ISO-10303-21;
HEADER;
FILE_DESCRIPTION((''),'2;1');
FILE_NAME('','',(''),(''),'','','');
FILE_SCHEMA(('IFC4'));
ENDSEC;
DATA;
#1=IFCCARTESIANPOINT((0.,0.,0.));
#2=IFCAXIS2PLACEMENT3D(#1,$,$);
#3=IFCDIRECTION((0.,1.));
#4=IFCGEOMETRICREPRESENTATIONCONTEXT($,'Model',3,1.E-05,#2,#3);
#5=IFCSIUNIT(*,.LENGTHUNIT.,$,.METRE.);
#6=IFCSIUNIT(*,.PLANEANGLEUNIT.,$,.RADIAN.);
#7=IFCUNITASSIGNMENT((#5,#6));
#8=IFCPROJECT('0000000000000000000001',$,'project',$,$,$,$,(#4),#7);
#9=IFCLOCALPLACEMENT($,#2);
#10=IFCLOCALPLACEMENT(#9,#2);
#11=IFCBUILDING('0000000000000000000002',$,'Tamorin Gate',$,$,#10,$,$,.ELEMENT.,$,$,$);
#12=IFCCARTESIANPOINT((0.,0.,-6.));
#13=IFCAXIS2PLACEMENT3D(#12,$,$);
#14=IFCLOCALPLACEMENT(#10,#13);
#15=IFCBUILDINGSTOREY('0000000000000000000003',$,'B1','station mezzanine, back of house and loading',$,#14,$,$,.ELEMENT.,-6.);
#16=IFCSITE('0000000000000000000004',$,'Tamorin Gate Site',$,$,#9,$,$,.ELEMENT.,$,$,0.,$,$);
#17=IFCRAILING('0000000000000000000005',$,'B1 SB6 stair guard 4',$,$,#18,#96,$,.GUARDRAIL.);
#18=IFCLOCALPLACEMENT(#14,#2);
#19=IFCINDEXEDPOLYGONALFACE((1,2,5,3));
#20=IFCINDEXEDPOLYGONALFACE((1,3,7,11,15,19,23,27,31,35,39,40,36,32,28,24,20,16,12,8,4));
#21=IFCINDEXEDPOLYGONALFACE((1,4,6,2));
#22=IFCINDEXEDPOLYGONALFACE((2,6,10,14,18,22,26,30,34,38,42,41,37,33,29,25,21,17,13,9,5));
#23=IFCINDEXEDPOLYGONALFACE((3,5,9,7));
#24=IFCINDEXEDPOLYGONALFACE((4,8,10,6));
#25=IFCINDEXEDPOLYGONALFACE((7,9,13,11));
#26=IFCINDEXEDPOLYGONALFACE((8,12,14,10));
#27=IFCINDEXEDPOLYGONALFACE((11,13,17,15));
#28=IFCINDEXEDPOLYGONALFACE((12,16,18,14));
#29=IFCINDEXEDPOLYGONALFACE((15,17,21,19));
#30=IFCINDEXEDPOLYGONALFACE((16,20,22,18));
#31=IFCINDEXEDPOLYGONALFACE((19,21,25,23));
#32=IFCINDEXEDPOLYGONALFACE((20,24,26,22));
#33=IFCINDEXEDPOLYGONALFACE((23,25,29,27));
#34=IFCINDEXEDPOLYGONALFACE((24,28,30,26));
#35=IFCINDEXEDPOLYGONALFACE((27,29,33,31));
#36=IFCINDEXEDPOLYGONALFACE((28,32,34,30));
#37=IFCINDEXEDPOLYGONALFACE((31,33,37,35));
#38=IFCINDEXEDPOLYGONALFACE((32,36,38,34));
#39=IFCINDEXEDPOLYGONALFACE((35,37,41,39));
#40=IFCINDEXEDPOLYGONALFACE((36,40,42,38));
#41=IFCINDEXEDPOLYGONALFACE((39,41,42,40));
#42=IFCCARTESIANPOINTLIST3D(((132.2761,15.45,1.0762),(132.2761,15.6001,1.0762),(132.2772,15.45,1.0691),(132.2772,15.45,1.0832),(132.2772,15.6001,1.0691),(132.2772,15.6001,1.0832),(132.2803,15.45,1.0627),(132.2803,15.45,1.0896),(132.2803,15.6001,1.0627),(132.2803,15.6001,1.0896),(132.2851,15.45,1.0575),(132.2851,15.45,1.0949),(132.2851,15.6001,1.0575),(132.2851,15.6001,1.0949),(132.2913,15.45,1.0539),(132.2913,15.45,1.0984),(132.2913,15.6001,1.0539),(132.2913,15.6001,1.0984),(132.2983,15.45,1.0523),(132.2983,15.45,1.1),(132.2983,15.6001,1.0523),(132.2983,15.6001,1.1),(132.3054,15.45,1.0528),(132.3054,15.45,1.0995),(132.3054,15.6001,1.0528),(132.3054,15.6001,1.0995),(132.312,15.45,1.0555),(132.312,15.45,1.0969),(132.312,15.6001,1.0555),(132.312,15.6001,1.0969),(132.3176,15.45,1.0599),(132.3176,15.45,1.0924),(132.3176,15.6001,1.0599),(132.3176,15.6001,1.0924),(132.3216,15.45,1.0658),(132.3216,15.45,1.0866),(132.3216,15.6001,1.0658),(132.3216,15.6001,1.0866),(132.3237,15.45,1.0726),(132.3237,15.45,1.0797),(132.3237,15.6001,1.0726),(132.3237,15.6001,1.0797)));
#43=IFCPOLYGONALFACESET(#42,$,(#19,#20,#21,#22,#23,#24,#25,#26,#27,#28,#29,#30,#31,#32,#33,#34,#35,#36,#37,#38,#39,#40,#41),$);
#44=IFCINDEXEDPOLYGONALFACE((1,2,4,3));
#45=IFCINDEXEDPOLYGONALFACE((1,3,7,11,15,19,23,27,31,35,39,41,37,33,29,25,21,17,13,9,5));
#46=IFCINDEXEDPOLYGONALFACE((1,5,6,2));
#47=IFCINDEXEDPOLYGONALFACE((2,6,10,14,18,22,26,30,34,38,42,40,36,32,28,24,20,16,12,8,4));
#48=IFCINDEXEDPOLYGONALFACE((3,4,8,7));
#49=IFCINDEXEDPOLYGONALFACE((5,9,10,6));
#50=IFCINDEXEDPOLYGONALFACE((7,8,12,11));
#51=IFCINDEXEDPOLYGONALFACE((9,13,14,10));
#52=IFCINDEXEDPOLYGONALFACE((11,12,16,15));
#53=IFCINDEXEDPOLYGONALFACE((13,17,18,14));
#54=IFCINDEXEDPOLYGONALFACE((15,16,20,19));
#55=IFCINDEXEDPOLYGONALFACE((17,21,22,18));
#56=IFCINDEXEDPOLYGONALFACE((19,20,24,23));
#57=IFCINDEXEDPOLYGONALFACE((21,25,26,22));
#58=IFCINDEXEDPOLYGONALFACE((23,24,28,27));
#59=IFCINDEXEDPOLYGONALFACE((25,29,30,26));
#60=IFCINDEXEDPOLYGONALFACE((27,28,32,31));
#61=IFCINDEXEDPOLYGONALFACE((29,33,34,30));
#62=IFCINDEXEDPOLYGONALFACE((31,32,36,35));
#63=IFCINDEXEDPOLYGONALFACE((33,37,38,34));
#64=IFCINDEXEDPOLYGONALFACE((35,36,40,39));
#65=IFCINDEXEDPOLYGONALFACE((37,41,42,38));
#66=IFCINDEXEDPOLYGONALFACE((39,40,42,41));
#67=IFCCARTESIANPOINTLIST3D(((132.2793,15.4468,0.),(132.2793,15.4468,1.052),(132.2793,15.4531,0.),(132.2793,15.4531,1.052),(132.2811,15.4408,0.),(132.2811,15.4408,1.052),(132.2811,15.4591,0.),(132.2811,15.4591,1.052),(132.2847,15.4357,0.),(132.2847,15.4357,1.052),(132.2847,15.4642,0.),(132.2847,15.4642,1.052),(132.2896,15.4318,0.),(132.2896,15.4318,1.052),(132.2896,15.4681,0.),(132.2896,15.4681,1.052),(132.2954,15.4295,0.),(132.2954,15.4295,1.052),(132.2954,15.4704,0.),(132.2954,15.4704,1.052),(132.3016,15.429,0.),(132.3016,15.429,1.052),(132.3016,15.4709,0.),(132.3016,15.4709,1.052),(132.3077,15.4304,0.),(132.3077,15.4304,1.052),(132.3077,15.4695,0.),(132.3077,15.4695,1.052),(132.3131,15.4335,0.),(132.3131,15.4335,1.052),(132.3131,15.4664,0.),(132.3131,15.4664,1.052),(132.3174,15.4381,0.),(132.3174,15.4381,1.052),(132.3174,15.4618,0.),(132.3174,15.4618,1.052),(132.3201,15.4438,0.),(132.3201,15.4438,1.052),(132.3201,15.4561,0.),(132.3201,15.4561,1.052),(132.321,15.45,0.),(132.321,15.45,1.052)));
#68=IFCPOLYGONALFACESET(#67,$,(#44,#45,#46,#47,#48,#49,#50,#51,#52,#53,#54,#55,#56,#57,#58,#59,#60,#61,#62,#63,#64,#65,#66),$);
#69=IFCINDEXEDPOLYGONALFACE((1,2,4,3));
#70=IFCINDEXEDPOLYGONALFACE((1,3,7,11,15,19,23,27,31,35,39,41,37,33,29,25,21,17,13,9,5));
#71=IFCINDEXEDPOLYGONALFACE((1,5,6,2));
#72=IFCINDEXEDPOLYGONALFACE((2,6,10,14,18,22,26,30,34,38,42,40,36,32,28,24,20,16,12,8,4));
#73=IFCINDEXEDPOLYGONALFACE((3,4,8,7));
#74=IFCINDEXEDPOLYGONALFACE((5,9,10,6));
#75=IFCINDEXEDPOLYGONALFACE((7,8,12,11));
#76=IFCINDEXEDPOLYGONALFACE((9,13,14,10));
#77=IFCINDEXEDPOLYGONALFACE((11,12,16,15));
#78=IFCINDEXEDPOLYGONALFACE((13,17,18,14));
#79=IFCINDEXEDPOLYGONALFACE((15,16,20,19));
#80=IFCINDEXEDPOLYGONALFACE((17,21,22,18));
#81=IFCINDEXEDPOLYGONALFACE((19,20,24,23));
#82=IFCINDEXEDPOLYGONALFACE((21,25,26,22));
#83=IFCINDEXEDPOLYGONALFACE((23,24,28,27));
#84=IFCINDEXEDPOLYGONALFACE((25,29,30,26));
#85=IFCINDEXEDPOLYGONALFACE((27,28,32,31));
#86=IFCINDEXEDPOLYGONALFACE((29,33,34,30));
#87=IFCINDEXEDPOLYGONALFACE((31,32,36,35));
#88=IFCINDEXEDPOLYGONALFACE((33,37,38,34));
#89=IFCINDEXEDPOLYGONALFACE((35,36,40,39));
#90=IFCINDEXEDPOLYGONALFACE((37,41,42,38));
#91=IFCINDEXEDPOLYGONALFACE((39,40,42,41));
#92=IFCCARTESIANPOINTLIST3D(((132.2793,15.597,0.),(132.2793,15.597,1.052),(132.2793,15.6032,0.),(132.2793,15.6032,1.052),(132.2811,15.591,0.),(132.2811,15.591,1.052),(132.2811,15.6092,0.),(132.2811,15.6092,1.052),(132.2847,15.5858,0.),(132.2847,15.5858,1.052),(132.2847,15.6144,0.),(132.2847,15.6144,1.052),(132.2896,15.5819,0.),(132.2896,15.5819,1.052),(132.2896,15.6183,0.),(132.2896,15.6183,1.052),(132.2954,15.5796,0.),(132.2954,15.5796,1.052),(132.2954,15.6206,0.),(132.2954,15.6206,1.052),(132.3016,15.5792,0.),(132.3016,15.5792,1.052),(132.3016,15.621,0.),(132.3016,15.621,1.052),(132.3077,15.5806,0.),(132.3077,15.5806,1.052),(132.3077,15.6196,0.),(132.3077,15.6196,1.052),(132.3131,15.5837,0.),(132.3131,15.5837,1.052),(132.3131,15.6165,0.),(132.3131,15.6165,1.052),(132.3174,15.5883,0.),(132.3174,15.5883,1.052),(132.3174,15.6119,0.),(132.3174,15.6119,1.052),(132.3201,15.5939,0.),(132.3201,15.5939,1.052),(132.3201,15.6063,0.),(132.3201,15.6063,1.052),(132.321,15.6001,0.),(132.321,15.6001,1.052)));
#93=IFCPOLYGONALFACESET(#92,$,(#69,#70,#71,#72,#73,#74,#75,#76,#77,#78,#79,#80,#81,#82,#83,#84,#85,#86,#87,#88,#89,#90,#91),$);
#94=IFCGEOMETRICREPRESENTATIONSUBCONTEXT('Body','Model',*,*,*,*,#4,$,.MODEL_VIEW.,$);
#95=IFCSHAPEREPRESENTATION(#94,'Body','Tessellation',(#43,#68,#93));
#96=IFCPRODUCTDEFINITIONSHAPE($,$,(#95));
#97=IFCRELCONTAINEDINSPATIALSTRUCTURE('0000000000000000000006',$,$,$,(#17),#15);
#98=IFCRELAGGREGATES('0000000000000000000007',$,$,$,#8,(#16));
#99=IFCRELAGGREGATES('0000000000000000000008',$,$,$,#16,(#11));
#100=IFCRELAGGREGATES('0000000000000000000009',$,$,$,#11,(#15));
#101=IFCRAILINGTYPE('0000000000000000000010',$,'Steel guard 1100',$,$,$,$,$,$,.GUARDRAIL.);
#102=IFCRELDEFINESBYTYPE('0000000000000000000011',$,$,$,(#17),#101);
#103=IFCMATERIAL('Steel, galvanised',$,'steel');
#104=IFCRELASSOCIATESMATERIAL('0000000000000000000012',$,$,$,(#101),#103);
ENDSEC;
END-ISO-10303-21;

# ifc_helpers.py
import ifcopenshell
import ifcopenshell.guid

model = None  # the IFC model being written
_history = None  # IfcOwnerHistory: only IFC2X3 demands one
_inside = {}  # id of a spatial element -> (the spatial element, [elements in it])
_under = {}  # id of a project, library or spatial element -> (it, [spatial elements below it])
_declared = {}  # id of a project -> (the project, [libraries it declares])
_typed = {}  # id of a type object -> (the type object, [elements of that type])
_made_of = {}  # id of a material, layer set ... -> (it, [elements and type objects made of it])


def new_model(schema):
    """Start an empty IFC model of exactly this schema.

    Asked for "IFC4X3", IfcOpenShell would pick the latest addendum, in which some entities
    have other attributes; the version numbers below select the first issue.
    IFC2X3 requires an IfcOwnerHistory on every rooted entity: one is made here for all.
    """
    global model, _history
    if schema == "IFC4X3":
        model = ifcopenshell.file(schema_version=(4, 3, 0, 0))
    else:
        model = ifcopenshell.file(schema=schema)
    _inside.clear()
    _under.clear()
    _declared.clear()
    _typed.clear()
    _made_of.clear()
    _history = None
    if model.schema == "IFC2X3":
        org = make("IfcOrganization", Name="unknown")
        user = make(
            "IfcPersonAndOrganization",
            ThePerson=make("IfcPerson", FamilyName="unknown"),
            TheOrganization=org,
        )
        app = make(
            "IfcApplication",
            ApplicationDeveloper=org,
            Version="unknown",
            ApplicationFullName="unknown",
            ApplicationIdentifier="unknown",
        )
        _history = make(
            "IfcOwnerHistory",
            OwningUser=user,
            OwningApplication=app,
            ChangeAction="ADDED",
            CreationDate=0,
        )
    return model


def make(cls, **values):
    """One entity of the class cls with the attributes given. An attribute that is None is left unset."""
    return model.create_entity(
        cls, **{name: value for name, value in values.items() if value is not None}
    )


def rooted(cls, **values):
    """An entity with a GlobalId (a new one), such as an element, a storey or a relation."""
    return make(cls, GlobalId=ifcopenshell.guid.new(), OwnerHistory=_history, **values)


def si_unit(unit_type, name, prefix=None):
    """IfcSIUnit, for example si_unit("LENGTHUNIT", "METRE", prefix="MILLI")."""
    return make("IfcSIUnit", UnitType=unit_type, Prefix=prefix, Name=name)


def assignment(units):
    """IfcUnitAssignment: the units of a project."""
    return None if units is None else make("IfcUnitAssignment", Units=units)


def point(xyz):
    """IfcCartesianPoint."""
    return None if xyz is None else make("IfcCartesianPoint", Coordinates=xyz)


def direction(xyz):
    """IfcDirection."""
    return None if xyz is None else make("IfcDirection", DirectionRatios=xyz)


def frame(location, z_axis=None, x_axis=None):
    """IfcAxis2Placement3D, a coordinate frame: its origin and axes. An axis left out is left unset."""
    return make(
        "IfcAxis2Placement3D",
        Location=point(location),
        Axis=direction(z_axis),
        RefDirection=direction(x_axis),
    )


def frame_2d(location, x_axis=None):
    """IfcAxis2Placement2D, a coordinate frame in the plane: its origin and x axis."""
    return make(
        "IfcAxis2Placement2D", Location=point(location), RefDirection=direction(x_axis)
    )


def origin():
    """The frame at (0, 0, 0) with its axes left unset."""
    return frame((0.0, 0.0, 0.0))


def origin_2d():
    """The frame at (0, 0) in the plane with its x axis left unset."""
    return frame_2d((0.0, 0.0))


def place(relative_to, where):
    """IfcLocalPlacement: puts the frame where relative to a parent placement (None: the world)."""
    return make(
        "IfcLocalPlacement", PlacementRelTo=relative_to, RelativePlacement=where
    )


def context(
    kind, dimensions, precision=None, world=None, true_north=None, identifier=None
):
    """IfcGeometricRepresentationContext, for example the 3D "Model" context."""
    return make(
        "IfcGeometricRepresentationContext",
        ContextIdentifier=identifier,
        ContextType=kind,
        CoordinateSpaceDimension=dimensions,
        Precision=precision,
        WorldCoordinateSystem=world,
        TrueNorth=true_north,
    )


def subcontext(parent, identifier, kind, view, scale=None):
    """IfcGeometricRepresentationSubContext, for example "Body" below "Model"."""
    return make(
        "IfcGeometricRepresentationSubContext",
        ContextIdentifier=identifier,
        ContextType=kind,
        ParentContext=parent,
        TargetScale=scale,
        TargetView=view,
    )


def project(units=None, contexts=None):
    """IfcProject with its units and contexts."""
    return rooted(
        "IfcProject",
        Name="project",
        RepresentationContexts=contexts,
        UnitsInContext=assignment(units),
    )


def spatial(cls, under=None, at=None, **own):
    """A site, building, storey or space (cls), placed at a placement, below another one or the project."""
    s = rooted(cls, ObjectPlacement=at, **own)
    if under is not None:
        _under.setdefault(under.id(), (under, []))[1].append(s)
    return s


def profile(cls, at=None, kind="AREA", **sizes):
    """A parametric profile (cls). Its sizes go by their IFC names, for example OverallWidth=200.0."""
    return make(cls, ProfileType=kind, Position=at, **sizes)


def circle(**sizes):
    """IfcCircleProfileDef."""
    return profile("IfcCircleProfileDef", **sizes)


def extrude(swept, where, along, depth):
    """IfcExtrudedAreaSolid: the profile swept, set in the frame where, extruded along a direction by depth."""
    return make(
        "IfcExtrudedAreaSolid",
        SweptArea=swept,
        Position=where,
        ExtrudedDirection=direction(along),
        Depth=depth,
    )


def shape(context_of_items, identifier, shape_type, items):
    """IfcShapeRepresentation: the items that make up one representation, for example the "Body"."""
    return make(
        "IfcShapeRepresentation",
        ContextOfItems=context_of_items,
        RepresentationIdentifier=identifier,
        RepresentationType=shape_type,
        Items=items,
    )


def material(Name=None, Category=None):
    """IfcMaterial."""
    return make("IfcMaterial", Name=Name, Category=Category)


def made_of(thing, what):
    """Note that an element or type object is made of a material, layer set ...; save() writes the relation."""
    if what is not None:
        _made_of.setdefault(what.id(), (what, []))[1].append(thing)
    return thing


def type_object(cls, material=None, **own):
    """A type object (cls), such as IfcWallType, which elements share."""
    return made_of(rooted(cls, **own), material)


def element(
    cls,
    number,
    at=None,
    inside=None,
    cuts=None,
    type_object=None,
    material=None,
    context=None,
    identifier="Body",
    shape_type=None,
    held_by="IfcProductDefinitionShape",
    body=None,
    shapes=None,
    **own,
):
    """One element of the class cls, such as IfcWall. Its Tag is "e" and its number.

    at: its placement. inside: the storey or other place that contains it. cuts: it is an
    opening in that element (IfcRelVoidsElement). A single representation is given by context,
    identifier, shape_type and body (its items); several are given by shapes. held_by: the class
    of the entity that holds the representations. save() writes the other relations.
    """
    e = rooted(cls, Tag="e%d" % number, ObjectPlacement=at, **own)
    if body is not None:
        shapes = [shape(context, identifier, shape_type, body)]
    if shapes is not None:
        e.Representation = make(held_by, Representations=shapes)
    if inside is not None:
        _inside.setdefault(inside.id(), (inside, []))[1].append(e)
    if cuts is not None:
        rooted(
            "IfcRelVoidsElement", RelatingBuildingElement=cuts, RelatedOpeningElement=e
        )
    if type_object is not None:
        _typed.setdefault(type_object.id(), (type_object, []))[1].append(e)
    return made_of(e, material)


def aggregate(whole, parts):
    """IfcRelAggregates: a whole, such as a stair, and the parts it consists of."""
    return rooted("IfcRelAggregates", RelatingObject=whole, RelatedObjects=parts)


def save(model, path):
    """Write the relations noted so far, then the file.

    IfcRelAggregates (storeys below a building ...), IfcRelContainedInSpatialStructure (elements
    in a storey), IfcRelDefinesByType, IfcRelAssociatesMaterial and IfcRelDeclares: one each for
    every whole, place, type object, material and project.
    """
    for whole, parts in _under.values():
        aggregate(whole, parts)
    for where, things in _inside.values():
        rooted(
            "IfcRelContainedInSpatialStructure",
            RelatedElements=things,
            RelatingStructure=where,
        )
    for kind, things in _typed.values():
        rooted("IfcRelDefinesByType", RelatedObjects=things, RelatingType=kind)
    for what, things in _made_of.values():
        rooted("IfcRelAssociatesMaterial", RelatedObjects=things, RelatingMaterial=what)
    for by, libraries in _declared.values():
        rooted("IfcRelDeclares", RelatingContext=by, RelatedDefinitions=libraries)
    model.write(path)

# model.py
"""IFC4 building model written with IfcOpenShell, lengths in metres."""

from ifc_helpers import new_model, si_unit, direction, frame, origin, origin_2d, place, context, subcontext, project, spatial, circle, extrude, material, type_object, element, save


model = new_model("IFC4")

# Units and contexts
model_context = context("Model", 3, precision=1e-05, world=origin(), true_north=direction((0.0, 1.0)))
body_context = subcontext(model_context, "Body", "Model", "MODEL_VIEW")
ifc_project = project(units=[si_unit("LENGTHUNIT", "METRE"), si_unit("PLANEANGLEUNIT", "RADIAN")], contexts=[model_context])

# Site, building, storey
site_placement = place(None, origin())
site = spatial("IfcSite", under=ifc_project, at=site_placement, Name="Tamorin Gate Site", CompositionType="ELEMENT", RefElevation=0.0)
building_placement = place(site_placement, origin())
building = spatial("IfcBuilding", under=site, at=building_placement, Name="Tamorin Gate", CompositionType="ELEMENT")
storey_placement = place(building_placement, frame((0.0, 0.0, -6.0)))
storey = spatial("IfcBuildingStorey", under=building, at=storey_placement, Name="B1", Description="station mezzanine, back of house and loading", CompositionType="ELEMENT", Elevation=-6.0)

# Railing
ifc_material_1 = material(Name="Steel, galvanised", Category="steel")
railing_type_1 = type_object("IfcRailingType", Name="Steel guard 1100", PredefinedType="GUARDRAIL", material=ifc_material_1)
railing_1_placement = place(storey_placement, frame((132.3, 15.45, 0.0)))
element("IfcRailing", 1, at=railing_1_placement, inside=storey, type_object=railing_type_1, Name="B1 SB6 stair guard 4", PredefinedType="GUARDRAIL", context=body_context, shape_type="SweptSolid", body=[
    extrude(circle(Radius=0.0239, at=origin_2d()), frame((0.0, 0.0, 1.0762), z_axis=(0.0, 1.0, 0.0), x_axis=(-1.0, 0.0, 0.0)), (0.0, 0.0, 1.0), 0.1501),
    extrude(circle(Radius=0.021, at=origin_2d()), origin(), (0.0, 0.0, 1.0), 1.052),
    extrude(circle(Radius=0.021, at=origin_2d()), frame((0.0, 0.1501, 0.0)), (0.0, 0.0, 1.0), 1.052),
])

save(model, "model.ifc")
